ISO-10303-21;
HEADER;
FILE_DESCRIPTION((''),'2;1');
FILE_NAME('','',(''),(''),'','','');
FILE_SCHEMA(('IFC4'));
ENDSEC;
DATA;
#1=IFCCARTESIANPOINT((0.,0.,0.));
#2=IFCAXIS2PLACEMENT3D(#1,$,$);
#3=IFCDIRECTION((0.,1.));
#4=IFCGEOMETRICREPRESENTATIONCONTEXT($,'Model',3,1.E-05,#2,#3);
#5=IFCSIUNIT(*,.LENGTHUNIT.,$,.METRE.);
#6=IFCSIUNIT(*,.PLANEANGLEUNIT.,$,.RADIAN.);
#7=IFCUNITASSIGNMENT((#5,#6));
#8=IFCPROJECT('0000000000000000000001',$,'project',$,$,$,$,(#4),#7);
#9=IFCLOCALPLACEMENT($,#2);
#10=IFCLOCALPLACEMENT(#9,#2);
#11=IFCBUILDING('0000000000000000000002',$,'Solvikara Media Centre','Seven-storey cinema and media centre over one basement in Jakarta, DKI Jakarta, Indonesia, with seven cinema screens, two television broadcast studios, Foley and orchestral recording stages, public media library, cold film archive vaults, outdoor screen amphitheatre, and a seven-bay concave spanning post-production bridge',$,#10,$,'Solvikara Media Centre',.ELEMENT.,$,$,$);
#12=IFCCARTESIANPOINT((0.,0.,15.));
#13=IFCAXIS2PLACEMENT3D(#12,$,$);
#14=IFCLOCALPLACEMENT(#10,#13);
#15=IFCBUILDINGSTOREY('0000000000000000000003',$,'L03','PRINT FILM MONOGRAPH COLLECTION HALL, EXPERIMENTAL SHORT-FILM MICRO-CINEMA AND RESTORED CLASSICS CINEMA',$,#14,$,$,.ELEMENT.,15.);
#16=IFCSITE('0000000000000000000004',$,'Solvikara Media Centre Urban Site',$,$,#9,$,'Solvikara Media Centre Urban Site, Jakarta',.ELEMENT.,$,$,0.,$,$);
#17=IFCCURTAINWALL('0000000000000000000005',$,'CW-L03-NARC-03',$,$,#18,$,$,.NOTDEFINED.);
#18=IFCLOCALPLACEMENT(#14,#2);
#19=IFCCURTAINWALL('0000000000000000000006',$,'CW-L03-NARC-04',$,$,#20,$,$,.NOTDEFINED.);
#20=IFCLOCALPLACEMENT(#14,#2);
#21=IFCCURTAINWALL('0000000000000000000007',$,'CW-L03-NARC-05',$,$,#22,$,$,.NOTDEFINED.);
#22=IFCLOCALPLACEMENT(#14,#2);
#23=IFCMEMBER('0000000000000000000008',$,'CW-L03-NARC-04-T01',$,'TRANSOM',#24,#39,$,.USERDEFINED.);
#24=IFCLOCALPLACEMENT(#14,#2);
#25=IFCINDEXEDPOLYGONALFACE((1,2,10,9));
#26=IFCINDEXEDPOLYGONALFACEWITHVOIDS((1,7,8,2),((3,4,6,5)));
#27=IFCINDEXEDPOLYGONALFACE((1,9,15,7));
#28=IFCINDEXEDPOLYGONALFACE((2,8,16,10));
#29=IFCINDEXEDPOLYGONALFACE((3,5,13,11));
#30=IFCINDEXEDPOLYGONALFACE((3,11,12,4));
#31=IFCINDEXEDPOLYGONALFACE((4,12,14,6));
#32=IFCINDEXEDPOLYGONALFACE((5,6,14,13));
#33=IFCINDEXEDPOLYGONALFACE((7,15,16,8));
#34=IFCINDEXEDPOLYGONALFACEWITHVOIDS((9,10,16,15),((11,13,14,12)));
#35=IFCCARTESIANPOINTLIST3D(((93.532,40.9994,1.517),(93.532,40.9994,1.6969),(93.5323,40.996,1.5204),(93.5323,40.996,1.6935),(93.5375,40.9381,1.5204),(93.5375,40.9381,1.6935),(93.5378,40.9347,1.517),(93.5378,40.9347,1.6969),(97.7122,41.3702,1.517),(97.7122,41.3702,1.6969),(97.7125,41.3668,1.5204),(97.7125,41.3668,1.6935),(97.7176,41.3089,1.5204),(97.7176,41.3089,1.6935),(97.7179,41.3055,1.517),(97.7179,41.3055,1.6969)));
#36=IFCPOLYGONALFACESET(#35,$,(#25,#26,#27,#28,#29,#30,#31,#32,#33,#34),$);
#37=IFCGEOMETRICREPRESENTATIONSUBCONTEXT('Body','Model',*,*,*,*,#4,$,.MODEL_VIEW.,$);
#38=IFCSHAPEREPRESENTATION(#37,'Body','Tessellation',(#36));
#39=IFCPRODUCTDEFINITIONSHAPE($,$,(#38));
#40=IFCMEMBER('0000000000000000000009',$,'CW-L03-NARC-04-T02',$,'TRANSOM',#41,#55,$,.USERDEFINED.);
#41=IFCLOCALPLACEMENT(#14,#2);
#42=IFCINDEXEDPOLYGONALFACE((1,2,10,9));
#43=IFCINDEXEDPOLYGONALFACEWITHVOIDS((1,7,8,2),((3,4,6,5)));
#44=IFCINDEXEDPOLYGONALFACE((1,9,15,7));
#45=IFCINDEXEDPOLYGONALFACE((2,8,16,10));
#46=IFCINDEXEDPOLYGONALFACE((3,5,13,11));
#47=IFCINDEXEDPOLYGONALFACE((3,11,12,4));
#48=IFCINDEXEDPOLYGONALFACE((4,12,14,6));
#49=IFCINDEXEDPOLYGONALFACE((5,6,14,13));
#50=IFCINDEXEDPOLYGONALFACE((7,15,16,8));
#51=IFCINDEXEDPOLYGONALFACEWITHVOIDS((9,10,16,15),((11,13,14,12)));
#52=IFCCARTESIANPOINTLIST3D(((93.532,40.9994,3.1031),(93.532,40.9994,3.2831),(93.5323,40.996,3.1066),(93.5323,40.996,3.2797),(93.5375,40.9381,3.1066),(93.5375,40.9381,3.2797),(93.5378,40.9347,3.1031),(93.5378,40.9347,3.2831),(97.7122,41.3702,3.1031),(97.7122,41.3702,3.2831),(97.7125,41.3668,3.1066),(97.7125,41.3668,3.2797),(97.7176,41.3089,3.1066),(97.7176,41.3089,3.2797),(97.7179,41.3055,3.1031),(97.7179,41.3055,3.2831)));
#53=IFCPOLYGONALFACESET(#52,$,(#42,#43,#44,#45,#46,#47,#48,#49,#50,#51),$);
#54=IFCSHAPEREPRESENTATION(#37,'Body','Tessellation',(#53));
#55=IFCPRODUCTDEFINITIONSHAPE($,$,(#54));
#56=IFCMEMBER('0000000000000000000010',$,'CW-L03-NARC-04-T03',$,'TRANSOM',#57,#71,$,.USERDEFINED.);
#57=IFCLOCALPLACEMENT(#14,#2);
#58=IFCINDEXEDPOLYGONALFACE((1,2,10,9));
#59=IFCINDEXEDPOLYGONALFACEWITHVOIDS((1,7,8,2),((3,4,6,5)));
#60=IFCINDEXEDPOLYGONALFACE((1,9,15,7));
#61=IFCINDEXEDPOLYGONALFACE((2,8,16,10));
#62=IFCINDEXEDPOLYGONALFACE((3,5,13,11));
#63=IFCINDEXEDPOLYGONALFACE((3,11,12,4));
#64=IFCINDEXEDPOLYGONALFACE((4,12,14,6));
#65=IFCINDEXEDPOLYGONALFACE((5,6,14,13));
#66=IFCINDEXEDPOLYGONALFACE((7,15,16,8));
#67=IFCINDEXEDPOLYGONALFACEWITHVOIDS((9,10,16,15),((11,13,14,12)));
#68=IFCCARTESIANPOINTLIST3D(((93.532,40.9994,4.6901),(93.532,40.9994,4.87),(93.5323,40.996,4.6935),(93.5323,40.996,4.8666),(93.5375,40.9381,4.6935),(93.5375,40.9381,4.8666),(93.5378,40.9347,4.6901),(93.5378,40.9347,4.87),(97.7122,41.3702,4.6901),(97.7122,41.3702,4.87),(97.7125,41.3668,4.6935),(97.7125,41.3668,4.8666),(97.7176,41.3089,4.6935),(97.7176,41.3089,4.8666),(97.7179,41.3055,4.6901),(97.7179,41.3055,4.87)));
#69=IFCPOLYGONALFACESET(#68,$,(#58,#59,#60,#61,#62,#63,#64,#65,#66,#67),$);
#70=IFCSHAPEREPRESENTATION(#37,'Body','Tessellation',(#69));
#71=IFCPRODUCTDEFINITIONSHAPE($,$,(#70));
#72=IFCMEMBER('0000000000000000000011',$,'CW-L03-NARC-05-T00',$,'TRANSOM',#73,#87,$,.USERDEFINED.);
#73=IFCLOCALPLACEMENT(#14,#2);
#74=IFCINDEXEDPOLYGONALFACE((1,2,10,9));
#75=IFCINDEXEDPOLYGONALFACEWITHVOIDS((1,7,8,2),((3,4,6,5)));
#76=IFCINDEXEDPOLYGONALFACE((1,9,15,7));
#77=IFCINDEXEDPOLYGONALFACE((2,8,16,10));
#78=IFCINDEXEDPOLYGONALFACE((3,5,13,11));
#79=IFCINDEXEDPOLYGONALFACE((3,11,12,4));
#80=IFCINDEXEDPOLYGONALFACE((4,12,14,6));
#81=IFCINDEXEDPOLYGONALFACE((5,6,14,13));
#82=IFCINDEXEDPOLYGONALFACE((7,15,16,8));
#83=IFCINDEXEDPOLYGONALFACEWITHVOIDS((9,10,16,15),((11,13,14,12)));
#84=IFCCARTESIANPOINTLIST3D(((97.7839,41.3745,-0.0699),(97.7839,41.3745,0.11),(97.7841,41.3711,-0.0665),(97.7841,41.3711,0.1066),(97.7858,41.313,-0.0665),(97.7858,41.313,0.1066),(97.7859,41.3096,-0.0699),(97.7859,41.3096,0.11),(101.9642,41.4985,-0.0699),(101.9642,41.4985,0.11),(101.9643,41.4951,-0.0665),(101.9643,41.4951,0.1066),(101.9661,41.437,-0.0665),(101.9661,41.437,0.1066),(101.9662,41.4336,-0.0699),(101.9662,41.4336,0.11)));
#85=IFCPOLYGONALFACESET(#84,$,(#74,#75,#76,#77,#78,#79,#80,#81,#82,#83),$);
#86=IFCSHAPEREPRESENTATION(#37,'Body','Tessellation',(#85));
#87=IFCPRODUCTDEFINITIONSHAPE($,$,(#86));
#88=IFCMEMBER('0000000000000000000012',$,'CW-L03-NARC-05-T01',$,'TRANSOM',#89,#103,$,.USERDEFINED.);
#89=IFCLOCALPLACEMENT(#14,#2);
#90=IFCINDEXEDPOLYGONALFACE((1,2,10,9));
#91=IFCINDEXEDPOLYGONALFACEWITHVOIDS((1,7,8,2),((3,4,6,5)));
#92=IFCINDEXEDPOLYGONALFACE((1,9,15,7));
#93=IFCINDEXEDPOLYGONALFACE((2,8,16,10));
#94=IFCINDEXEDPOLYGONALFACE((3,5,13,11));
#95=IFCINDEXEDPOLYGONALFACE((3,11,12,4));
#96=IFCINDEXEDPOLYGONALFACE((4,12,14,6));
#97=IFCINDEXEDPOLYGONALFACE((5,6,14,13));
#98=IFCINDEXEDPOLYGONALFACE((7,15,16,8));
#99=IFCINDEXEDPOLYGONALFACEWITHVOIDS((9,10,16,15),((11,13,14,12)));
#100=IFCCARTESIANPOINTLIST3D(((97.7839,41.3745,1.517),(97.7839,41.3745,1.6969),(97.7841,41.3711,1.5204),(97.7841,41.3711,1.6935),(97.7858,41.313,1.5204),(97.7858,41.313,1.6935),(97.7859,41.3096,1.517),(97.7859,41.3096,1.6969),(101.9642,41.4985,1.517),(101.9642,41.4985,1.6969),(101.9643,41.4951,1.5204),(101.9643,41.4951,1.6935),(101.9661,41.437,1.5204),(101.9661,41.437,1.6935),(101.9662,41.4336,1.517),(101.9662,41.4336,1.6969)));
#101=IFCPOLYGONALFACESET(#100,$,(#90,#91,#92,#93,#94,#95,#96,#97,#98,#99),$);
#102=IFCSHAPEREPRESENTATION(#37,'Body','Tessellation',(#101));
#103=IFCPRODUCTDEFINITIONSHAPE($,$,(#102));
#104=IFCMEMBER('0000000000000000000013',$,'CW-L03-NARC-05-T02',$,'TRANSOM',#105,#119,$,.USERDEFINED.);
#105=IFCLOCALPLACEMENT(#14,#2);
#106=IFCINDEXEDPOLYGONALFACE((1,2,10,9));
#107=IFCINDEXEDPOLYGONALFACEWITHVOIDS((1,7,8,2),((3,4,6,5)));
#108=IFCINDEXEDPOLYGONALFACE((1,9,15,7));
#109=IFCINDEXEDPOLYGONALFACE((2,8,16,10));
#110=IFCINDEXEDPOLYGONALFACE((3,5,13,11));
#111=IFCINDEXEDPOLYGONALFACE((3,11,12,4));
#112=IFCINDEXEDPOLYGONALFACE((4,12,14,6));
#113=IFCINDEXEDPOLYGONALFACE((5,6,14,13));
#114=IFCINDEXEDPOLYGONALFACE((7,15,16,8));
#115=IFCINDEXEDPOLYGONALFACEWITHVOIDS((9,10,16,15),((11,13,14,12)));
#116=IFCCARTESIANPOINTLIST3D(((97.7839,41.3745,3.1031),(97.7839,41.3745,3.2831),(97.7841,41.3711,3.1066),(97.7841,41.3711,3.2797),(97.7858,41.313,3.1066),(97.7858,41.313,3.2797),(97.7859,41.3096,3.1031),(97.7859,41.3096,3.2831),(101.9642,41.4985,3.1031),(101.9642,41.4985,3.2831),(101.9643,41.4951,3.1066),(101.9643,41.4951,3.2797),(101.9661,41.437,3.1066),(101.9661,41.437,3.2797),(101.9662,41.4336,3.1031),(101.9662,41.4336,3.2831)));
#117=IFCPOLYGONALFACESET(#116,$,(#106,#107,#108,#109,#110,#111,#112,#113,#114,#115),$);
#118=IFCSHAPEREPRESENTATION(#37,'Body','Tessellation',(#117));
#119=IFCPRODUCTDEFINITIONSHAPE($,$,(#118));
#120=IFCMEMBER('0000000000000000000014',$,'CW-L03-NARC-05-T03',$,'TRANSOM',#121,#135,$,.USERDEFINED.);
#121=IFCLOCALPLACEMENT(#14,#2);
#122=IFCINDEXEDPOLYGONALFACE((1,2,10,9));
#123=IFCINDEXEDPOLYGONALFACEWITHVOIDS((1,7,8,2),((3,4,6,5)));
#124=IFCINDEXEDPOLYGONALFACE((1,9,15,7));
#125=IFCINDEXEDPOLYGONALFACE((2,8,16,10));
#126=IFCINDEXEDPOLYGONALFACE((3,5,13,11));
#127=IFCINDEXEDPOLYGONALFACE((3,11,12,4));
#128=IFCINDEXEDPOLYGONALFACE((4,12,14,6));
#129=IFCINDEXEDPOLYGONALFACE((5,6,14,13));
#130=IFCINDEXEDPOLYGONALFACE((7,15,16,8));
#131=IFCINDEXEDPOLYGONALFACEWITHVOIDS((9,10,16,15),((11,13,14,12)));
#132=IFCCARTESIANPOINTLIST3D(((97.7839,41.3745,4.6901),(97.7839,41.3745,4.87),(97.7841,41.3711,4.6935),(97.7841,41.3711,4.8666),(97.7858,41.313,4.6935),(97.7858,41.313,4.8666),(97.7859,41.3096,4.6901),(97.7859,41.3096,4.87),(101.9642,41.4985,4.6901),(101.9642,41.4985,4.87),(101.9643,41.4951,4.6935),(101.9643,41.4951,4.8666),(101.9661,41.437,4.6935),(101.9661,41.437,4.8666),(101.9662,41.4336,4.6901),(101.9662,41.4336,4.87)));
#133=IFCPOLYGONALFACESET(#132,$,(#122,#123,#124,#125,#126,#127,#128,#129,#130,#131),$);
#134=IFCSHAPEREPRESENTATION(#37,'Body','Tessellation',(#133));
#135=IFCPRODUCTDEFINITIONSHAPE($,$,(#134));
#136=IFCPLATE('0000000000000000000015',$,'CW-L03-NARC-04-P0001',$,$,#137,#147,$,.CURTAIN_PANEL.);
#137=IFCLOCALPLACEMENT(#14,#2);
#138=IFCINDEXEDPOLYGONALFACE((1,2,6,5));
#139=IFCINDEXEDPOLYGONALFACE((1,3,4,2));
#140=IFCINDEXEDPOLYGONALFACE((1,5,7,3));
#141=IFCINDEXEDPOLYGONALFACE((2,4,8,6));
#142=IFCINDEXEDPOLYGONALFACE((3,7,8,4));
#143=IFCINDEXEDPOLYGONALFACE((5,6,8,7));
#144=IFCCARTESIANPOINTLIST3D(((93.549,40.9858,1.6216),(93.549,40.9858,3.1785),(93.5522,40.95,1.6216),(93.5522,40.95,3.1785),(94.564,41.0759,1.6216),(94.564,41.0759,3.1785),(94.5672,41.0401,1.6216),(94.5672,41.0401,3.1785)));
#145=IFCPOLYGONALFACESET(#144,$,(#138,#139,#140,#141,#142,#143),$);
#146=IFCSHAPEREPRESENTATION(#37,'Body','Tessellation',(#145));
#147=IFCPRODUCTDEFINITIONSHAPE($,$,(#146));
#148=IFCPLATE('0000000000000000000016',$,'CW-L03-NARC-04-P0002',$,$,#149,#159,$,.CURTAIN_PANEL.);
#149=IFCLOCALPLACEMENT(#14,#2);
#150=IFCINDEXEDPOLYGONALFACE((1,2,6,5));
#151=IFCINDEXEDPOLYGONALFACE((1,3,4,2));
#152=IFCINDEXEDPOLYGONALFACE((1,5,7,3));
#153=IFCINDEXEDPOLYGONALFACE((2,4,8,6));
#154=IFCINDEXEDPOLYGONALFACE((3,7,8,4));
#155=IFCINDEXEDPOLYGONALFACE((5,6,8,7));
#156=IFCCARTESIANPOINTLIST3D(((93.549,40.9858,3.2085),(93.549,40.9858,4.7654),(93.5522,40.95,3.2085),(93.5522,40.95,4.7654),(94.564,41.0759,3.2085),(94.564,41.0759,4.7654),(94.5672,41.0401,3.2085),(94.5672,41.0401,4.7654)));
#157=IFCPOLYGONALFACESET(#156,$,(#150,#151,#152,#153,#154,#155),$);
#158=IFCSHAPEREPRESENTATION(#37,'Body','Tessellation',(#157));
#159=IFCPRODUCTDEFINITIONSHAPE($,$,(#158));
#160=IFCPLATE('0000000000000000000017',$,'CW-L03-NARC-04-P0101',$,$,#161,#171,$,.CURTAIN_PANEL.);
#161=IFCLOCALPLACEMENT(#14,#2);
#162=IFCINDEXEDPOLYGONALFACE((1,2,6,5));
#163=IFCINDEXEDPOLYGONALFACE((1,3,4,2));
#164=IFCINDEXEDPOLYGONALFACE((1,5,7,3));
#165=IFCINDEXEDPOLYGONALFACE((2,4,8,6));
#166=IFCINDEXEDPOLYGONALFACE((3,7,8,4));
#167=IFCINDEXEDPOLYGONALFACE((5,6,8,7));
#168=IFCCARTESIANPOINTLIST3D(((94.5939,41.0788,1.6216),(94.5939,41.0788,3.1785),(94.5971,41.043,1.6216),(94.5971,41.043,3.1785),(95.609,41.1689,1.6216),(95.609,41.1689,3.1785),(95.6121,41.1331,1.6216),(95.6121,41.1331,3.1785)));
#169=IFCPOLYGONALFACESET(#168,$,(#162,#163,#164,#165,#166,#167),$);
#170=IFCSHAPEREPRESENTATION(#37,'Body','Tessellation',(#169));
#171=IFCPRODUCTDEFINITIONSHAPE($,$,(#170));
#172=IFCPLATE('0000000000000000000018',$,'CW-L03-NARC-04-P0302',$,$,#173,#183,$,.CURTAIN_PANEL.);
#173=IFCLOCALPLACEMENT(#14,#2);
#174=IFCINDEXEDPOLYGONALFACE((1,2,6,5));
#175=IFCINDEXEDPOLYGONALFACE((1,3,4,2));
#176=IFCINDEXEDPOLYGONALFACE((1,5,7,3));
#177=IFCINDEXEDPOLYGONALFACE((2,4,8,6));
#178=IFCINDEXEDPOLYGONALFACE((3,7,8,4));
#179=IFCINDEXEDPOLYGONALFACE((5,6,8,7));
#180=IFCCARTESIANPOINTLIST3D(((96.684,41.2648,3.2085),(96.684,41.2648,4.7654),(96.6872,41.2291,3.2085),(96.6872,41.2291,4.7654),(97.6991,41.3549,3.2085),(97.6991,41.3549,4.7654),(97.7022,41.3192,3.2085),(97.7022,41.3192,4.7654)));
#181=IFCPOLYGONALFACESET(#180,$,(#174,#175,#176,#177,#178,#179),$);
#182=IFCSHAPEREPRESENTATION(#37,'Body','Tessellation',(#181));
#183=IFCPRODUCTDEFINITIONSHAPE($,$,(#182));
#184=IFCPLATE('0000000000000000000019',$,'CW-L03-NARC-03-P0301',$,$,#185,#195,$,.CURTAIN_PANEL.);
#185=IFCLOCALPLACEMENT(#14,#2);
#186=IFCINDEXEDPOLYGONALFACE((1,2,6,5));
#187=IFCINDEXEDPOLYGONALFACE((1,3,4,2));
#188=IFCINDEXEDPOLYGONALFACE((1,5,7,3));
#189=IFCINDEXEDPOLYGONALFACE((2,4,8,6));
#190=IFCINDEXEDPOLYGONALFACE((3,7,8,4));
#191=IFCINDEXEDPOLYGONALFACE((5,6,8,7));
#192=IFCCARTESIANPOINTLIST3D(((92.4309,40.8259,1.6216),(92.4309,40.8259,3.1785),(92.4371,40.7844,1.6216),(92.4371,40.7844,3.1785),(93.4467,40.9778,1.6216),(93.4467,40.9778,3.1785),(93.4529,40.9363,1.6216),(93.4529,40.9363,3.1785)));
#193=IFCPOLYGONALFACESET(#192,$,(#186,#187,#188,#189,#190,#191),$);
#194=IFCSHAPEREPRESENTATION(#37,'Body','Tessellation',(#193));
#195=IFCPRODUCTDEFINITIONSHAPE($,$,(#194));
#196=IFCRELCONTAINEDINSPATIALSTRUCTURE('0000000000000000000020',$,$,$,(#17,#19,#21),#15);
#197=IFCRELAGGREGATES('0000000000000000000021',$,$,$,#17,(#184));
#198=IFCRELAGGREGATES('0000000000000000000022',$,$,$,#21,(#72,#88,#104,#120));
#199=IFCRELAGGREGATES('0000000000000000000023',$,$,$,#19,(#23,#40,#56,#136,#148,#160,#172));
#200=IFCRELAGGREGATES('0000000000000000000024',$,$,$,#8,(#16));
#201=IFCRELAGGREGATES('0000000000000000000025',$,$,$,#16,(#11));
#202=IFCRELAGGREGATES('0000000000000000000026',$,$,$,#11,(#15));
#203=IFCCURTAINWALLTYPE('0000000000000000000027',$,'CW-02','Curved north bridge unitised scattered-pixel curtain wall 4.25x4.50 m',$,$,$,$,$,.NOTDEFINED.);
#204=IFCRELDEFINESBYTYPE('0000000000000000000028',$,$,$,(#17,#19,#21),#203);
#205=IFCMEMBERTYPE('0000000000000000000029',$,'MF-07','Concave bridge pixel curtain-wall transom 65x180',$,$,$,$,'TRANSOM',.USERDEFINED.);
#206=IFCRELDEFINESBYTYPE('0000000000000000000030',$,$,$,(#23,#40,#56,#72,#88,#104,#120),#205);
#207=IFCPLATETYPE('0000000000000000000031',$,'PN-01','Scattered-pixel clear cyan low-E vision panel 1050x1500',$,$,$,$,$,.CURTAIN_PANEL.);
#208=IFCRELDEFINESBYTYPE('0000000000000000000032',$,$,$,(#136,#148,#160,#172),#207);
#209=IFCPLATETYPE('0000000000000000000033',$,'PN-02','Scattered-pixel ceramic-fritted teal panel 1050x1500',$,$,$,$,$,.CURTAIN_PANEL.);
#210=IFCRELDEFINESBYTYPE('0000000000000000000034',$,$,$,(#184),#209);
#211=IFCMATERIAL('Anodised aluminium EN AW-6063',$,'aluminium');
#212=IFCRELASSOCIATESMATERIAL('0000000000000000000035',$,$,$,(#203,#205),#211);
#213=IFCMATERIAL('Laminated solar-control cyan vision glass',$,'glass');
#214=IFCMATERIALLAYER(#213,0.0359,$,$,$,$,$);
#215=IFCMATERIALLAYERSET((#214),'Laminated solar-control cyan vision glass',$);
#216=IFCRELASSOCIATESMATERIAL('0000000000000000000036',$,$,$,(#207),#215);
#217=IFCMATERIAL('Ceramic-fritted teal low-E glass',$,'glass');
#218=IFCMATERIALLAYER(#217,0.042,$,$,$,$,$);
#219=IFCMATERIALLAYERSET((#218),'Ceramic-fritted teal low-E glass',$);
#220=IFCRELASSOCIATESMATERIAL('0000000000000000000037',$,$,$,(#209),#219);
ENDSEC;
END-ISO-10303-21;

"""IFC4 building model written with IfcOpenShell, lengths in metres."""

from ifc_helpers import new_model, si_unit, direction, frame, origin, origin_2d, place, context, subcontext, project, spatial, rectangle, hollow_rectangle, extrude, material, layer, layer_set, material_profile, profile_set, type_object, element, aggregate, save


model = new_model("IFC4")

# Units and contexts
model_context = context("Model", 3, precision=1e-05, world=origin(), true_north=direction((0.0, 1.0)))
body_context = subcontext(model_context, "Body", "Model", "MODEL_VIEW")
ifc_project = project(units=[si_unit("LENGTHUNIT", "METRE"), si_unit("PLANEANGLEUNIT", "RADIAN")], contexts=[model_context])

# Site, building, storey
site_placement = place(None, origin())
site = spatial("IfcSite", under=ifc_project, at=site_placement, Name="Solvikara Media Centre Urban Site", LongName="Solvikara Media Centre Urban Site, Jakarta", CompositionType="ELEMENT", RefElevation=0.0)
building_placement = place(site_placement, origin())
building = spatial("IfcBuilding", under=site, at=building_placement, Name="Solvikara Media Centre", Description="Seven-storey cinema and media centre over one basement in Jakarta, DKI Jakarta, Indonesia, with seven cinema screens, two television broadcast studios, Foley and orchestral recording stages, public media library, cold film archive vaults, outdoor screen amphitheatre, and a seven-bay concave spanning post-production bridge", LongName="Solvikara Media Centre", CompositionType="ELEMENT")
storey_placement = place(building_placement, frame((0.0, 0.0, 15.0)))
storey = spatial("IfcBuildingStorey", under=building, at=storey_placement, Name="L03", Description="PRINT FILM MONOGRAPH COLLECTION HALL, EXPERIMENTAL SHORT-FILM MICRO-CINEMA AND RESTORED CLASSICS CINEMA", CompositionType="ELEMENT", Elevation=15.0)

# Curtain wall
ifc_material_1 = material(Name="Anodised aluminium EN AW-6063", Category="aluminium")
curtain_wall_type = type_object("IfcCurtainWallType", Name="CW-02", Description="Curved north bridge unitised scattered-pixel curtain wall 4.25x4.50 m", PredefinedType="NOTDEFINED", material=ifc_material_1)
curtain_wall_1_placement = place(storey_placement, origin())
curtain_wall_1 = element("IfcCurtainWall", 1, at=curtain_wall_1_placement, inside=storey, type_object=curtain_wall_type, Name="CW-L03-NARC-03", PredefinedType="NOTDEFINED")

# Curtain wall
curtain_wall_2_placement = place(storey_placement, origin())
curtain_wall_2 = element("IfcCurtainWall", 2, at=curtain_wall_2_placement, inside=storey, type_object=curtain_wall_type, Name="CW-L03-NARC-04", PredefinedType="NOTDEFINED")

# Curtain wall
curtain_wall_3_placement = place(storey_placement, origin())
curtain_wall_3 = element("IfcCurtainWall", 3, at=curtain_wall_3_placement, inside=storey, type_object=curtain_wall_type, Name="CW-L03-NARC-05", PredefinedType="NOTDEFINED")

# Members
ifc_material_profile_1 = material_profile(ifc_material_1, hollow_rectangle(XDim=0.0649, YDim=0.1799, WallThickness=0.0034, at=origin_2d()), Name="ALU-T 65x180x3.5")
ifc_profile_set_1 = profile_set([ifc_material_profile_1], Name="Anodised aluminium EN AW-6063")
member_type_1 = type_object("IfcMemberType", Name="MF-07", Description="Concave bridge pixel curtain-wall transom 65x180", ElementType="TRANSOM", PredefinedType="USERDEFINED", material=ifc_profile_set_1)
member_1_placement = place(storey_placement, frame((93.5349, 40.967, 1.6069), z_axis=(0.996088, 0.088369, 0.0), x_axis=(-0.088369, 0.996088, 0.0)))
member_1 = element("IfcMember", 4, at=member_1_placement, type_object=member_type_1, Name="CW-L03-NARC-04-T01", ObjectType="TRANSOM", PredefinedType="USERDEFINED", context=body_context, shape_type="SweptSolid", body=[
    extrude(hollow_rectangle(XDim=0.0649, YDim=0.1799, WallThickness=0.0034, at=origin_2d()), origin(), (0.0, 0.0, 1.0), 4.1965),
])
member_2_placement = place(storey_placement, frame((93.5349, 40.967, 3.1931), z_axis=(0.996088, 0.088369, 0.0), x_axis=(-0.088369, 0.996088, 0.0)))
member_2 = element("IfcMember", 5, at=member_2_placement, type_object=member_type_1, Name="CW-L03-NARC-04-T02", ObjectType="TRANSOM", PredefinedType="USERDEFINED", context=body_context, shape_type="SweptSolid", body=[
    extrude(hollow_rectangle(XDim=0.0649, YDim=0.1799, WallThickness=0.0034, at=origin_2d()), origin(), (0.0, 0.0, 1.0), 4.1965),
])
member_3_placement = place(storey_placement, frame((93.5349, 40.967, 4.78), z_axis=(0.996088, 0.088369, 0.0), x_axis=(-0.088369, 0.996088, 0.0)))
member_3 = element("IfcMember", 6, at=member_3_placement, type_object=member_type_1, Name="CW-L03-NARC-04-T03", ObjectType="TRANSOM", PredefinedType="USERDEFINED", context=body_context, shape_type="SweptSolid", body=[
    extrude(hollow_rectangle(XDim=0.0649, YDim=0.1799, WallThickness=0.0034, at=origin_2d()), origin(), (0.0, 0.0, 1.0), 4.1965),
])
member_4_placement = place(storey_placement, frame((97.7849, 41.342, 0.02), z_axis=(0.99956, 0.029656, 0.0), x_axis=(-0.029656, 0.99956, 0.0)))
member_4 = element("IfcMember", 7, at=member_4_placement, type_object=member_type_1, Name="CW-L03-NARC-05-T00", ObjectType="TRANSOM", PredefinedType="USERDEFINED", context=body_context, shape_type="SweptSolid", body=[
    extrude(hollow_rectangle(XDim=0.0649, YDim=0.1799, WallThickness=0.0034, at=origin_2d()), origin(), (0.0, 0.0, 1.0), 4.1821),
])
member_5_placement = place(storey_placement, frame((97.7849, 41.342, 1.6069), z_axis=(0.99956, 0.029656, 0.0), x_axis=(-0.029656, 0.99956, 0.0)))
member_5 = element("IfcMember", 8, at=member_5_placement, type_object=member_type_1, Name="CW-L03-NARC-05-T01", ObjectType="TRANSOM", PredefinedType="USERDEFINED", context=body_context, shape_type="SweptSolid", body=[
    extrude(hollow_rectangle(XDim=0.0649, YDim=0.1799, WallThickness=0.0034, at=origin_2d()), origin(), (0.0, 0.0, 1.0), 4.1821),
])
member_6_placement = place(storey_placement, frame((97.7849, 41.342, 3.1931), z_axis=(0.99956, 0.029656, 0.0), x_axis=(-0.029656, 0.99956, 0.0)))
member_6 = element("IfcMember", 9, at=member_6_placement, type_object=member_type_1, Name="CW-L03-NARC-05-T02", ObjectType="TRANSOM", PredefinedType="USERDEFINED", context=body_context, shape_type="SweptSolid", body=[
    extrude(hollow_rectangle(XDim=0.0649, YDim=0.1799, WallThickness=0.0034, at=origin_2d()), origin(), (0.0, 0.0, 1.0), 4.1821),
])
member_7_placement = place(storey_placement, frame((97.7849, 41.342, 4.78), z_axis=(0.99956, 0.029656, 0.0), x_axis=(-0.029656, 0.99956, 0.0)))
member_7 = element("IfcMember", 10, at=member_7_placement, type_object=member_type_1, Name="CW-L03-NARC-05-T03", ObjectType="TRANSOM", PredefinedType="USERDEFINED", context=body_context, shape_type="SweptSolid", body=[
    extrude(hollow_rectangle(XDim=0.0649, YDim=0.1799, WallThickness=0.0034, at=origin_2d()), origin(), (0.0, 0.0, 1.0), 4.1821),
])

# Plates
ifc_material_2 = material(Name="Laminated solar-control cyan vision glass", Category="glass")
ifc_layer_1 = layer(ifc_material_2, 0.0359)
ifc_layer_set_1 = layer_set([ifc_layer_1], Name="Laminated solar-control cyan vision glass")
plate_type_1 = type_object("IfcPlateType", Name="PN-01", Description="Scattered-pixel clear cyan low-E vision panel 1050x1500", PredefinedType="CURTAIN_PANEL", material=ifc_layer_set_1)
plate_1_placement = place(storey_placement, frame((94.0581, 41.0129, 1.6216), z_axis=(0.0, 0.0, 1.0), x_axis=(0.996084, 0.088408, 0.0)))
plate_1 = element("IfcPlate", 11, at=plate_1_placement, type_object=plate_type_1, Name="CW-L03-NARC-04-P0001", PredefinedType="CURTAIN_PANEL", context=body_context, shape_type="SweptSolid", body=[
    extrude(rectangle(XDim=1.019, YDim=0.0359, at=origin_2d()), origin(), (0.0, 0.0, 1.0), 1.5569),
])
plate_2_placement = place(storey_placement, frame((94.0581, 41.0129, 3.2085), z_axis=(0.0, 0.0, 1.0), x_axis=(0.996084, 0.088408, 0.0)))
plate_2 = element("IfcPlate", 12, at=plate_2_placement, type_object=plate_type_1, Name="CW-L03-NARC-04-P0002", PredefinedType="CURTAIN_PANEL", context=body_context, shape_type="SweptSolid", body=[
    extrude(rectangle(XDim=1.019, YDim=0.0359, at=origin_2d()), origin(), (0.0, 0.0, 1.0), 1.5569),
])
plate_3_placement = place(storey_placement, frame((95.103, 41.106, 1.6216), z_axis=(0.0, 0.0, 1.0), x_axis=(0.996084, 0.088408, 0.0)))
plate_3 = element("IfcPlate", 13, at=plate_3_placement, type_object=plate_type_1, Name="CW-L03-NARC-04-P0101", PredefinedType="CURTAIN_PANEL", context=body_context, shape_type="SweptSolid", body=[
    extrude(rectangle(XDim=1.019, YDim=0.0359, at=origin_2d()), origin(), (0.0, 0.0, 1.0), 1.5569),
])
plate_4_placement = place(storey_placement, frame((97.1931, 41.292, 3.2085), z_axis=(0.0, 0.0, 1.0), x_axis=(0.996084, 0.088408, 0.0)))
plate_4 = element("IfcPlate", 14, at=plate_4_placement, type_object=plate_type_1, Name="CW-L03-NARC-04-P0302", PredefinedType="CURTAIN_PANEL", context=body_context, shape_type="SweptSolid", body=[
    extrude(rectangle(XDim=1.019, YDim=0.0359, at=origin_2d()), origin(), (0.0, 0.0, 1.0), 1.5569),
])
ifc_material_3 = material(Name="Ceramic-fritted teal low-E glass", Category="glass")
ifc_layer_2 = layer(ifc_material_3, 0.042)
ifc_layer_set_2 = layer_set([ifc_layer_2], Name="Ceramic-fritted teal low-E glass")
plate_type_2 = type_object("IfcPlateType", Name="PN-02", Description="Scattered-pixel ceramic-fritted teal panel 1050x1500", PredefinedType="CURTAIN_PANEL", material=ifc_layer_set_2)
plate_5_placement = place(storey_placement, frame((92.9419, 40.8811, 1.6216), z_axis=(0.0, 0.0, 1.0), x_axis=(0.989006, 0.147878, 0.0)))
plate_5 = element("IfcPlate", 15, at=plate_5_placement, type_object=plate_type_2, Name="CW-L03-NARC-03-P0301", PredefinedType="CURTAIN_PANEL", context=body_context, shape_type="SweptSolid", body=[
    extrude(rectangle(XDim=1.0271, YDim=0.042, at=origin_2d()), origin(), (0.0, 0.0, 1.0), 1.5569),
])
aggregate(curtain_wall_1, [plate_5])
aggregate(curtain_wall_3, [member_4, member_5, member_6, member_7])
aggregate(curtain_wall_2, [member_1, member_2, member_3, plate_1, plate_2, plate_3, plate_4])

save(model, "model.ifc")
